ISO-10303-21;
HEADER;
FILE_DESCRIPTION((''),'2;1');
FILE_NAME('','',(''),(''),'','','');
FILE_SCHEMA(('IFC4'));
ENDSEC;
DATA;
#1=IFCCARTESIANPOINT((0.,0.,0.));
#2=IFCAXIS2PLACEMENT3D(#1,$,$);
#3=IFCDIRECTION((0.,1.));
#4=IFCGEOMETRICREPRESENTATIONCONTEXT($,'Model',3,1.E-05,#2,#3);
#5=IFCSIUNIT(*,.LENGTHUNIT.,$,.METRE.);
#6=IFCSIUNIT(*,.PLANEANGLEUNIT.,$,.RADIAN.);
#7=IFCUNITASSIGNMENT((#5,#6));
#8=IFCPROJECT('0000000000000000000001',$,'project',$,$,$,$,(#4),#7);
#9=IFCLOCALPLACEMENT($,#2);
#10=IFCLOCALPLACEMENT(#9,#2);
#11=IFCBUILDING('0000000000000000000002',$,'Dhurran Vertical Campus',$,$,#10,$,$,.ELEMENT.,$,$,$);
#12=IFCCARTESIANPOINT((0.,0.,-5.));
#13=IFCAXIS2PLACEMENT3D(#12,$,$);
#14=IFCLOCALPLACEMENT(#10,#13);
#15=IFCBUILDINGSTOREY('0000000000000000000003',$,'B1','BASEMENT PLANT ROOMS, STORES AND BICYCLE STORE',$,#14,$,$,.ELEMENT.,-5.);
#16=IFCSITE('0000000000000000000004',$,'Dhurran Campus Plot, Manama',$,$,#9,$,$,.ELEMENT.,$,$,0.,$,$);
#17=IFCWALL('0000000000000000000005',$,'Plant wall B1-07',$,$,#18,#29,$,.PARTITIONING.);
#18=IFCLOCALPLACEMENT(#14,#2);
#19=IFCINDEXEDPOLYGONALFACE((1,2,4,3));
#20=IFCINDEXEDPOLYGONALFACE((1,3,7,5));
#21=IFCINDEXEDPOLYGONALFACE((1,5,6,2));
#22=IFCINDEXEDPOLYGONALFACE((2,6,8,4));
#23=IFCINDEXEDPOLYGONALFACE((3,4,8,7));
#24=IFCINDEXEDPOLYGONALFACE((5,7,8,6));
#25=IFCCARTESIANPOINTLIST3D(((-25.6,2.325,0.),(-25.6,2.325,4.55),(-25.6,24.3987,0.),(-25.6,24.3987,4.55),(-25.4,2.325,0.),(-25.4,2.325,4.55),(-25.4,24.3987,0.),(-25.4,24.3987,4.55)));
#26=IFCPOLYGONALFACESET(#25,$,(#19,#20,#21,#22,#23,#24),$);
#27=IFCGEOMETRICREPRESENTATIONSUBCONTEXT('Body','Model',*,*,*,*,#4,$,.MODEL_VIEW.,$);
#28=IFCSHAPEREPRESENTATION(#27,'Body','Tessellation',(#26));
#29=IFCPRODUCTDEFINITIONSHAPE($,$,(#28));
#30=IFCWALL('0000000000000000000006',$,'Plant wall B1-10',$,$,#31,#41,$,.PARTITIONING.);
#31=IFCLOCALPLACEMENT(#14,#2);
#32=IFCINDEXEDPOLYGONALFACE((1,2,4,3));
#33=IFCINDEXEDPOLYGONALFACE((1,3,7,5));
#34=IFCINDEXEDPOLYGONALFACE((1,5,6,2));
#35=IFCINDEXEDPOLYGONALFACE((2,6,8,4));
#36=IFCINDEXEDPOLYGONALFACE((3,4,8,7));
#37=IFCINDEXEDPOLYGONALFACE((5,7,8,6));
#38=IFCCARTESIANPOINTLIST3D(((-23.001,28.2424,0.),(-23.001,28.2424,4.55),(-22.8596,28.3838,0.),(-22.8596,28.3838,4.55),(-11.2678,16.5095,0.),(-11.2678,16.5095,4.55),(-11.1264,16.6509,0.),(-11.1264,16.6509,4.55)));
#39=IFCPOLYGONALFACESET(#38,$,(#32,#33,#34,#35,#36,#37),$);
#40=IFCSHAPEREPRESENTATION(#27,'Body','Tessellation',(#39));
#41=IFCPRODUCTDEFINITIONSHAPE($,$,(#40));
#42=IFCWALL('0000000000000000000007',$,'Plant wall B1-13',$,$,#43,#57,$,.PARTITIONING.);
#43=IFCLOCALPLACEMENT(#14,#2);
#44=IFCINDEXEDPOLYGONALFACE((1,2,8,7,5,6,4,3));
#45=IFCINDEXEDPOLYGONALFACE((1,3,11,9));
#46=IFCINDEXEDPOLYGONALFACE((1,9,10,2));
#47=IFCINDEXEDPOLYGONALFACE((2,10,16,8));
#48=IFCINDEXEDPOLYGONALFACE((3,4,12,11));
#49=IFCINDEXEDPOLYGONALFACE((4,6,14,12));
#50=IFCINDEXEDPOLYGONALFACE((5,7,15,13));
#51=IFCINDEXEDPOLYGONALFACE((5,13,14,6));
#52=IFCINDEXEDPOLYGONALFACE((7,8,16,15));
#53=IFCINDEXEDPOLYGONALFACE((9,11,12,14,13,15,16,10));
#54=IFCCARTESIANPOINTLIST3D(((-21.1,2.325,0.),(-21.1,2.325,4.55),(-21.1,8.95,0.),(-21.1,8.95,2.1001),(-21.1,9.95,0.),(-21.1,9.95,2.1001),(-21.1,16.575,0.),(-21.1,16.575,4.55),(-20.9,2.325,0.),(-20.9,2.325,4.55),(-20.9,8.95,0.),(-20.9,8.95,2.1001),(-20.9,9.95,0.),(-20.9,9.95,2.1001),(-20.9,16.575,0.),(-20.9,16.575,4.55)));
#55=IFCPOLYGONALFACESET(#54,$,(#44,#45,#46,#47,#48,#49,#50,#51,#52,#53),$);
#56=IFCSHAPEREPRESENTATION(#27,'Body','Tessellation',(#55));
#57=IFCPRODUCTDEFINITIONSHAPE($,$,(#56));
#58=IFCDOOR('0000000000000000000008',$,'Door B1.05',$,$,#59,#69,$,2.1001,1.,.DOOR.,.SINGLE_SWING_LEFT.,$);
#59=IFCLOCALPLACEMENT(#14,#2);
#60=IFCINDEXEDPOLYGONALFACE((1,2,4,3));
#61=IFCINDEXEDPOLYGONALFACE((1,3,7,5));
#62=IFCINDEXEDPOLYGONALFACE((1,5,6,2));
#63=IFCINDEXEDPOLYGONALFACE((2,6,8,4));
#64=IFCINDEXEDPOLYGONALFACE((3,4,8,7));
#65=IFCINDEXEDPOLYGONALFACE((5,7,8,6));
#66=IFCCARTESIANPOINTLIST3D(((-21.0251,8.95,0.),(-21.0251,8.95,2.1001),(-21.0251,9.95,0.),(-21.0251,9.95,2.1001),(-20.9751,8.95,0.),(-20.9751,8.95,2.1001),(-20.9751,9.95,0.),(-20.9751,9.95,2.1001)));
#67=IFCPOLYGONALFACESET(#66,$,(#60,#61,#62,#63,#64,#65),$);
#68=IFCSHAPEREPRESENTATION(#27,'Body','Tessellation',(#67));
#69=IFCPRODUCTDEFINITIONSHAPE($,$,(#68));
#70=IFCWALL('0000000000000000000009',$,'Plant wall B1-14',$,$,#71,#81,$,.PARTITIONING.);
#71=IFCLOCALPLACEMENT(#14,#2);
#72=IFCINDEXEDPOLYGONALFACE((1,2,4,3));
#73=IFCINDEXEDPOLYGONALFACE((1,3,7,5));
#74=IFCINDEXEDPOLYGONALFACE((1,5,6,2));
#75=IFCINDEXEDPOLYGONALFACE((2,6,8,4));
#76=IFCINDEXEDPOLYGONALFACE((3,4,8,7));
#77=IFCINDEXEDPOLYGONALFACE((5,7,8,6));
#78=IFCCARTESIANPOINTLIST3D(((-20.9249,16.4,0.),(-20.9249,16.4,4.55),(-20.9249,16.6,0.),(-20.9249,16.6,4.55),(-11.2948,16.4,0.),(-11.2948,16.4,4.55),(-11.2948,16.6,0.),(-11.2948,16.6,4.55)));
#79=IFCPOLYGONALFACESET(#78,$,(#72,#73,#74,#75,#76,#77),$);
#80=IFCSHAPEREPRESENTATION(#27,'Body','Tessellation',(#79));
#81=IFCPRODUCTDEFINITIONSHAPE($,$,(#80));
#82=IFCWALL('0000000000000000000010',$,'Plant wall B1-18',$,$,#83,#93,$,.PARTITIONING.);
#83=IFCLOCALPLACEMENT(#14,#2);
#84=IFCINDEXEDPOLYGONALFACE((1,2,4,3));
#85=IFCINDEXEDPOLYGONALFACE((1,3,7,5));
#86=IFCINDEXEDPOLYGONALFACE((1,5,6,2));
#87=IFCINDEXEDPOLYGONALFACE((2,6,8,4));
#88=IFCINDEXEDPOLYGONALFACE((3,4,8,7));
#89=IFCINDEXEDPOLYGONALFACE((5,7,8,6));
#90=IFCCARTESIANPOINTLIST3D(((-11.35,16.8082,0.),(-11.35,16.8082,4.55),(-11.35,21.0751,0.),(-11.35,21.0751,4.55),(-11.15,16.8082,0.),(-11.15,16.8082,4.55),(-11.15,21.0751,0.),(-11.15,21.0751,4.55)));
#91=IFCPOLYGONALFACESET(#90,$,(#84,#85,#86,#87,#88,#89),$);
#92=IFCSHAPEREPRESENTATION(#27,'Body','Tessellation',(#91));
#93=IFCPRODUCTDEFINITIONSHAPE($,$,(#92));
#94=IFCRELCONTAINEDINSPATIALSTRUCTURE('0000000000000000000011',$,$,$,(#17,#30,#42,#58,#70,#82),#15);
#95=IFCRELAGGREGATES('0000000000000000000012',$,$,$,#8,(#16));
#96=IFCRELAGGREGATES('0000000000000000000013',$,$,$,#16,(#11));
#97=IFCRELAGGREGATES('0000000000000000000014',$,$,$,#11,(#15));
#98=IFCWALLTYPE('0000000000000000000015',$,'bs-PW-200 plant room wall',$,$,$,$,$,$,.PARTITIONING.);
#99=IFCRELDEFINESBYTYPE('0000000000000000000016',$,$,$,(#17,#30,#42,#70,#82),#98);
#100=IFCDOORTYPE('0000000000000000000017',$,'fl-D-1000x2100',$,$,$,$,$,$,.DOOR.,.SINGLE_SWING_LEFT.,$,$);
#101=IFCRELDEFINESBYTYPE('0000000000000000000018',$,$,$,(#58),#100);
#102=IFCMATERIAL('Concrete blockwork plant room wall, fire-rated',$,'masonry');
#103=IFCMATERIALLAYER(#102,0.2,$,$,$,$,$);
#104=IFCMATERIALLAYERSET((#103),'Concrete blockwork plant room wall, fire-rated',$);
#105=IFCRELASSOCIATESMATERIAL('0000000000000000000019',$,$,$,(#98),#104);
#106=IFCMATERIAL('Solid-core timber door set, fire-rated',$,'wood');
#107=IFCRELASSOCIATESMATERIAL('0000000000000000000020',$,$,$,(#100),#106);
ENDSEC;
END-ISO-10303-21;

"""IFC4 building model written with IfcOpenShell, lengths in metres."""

from ifc_helpers import new_model, si_unit, direction, frame, frame_2d, origin, place, context, subcontext, project, spatial, rectangle, extrude, material, layer, layer_set, type_object, element, fill, save


model = new_model("IFC4")

# Units and contexts
model_context = context("Model", 3, precision=1e-05, world=origin(), true_north=direction((0.0, 1.0)))
body_context = subcontext(model_context, "Body", "Model", "MODEL_VIEW")
ifc_project = project(units=[si_unit("LENGTHUNIT", "METRE"), si_unit("PLANEANGLEUNIT", "RADIAN")], contexts=[model_context])

# Site, building, storey
site_placement = place(None, origin())
site = spatial("IfcSite", under=ifc_project, at=site_placement, Name="Dhurran Campus Plot, Manama", CompositionType="ELEMENT", RefElevation=0.0)
building_placement = place(site_placement, origin())
building = spatial("IfcBuilding", under=site, at=building_placement, Name="Dhurran Vertical Campus", CompositionType="ELEMENT")
storey_placement = place(building_placement, frame((0.0, 0.0, -5.0)))
storey = spatial("IfcBuildingStorey", under=building, at=storey_placement, Name="B1", Description="BASEMENT PLANT ROOMS, STORES AND BICYCLE STORE", CompositionType="ELEMENT", Elevation=-5.0)

# Walls
ifc_material_1 = material(Name="Concrete blockwork plant room wall, fire-rated", Category="masonry")
ifc_layer = layer(ifc_material_1, 0.2)
ifc_layer_set = layer_set([ifc_layer], Name="Concrete blockwork plant room wall, fire-rated")
wall_type = type_object("IfcWallType", Name="bs-PW-200 plant room wall", PredefinedType="PARTITIONING", material=ifc_layer_set)
wall_1_placement = place(storey_placement, frame((-25.5, 24.3987, 0.0), z_axis=(0.0, 0.0, 1.0), x_axis=(0.0, -1.0, 0.0)))
element("IfcWall", 1, at=wall_1_placement, inside=storey, type_object=wall_type, Name="Plant wall B1-07", PredefinedType="PARTITIONING", context=body_context, shape_type="SweptSolid", body=[
    extrude(rectangle(XDim=22.0737, YDim=0.2, at=frame_2d((11.0369, 0.0))), origin(), (0.0, 0.0, 1.0), 4.55),
])
wall_2_placement = place(storey_placement, frame((-22.9302, 28.313, 0.0), z_axis=(0.0, 0.0, 1.0), x_axis=(0.707114, -0.707099, 0.0)))
element("IfcWall", 2, at=wall_2_placement, inside=storey, type_object=wall_type, Name="Plant wall B1-10", PredefinedType="PARTITIONING", context=body_context, shape_type="SweptSolid", body=[
    extrude(rectangle(XDim=16.593, YDim=0.2, at=frame_2d((8.2964, 0.0))), origin(), (0.0, 0.0, 1.0), 4.55),
])

# Wall, opening, door
wall_3_placement = place(storey_placement, frame((-21.0, 16.575, 0.0), z_axis=(0.0, 0.0, 1.0), x_axis=(0.0, -1.0, 0.0)))
wall_3 = element("IfcWall", 3, at=wall_3_placement, inside=storey, type_object=wall_type, Name="Plant wall B1-13", PredefinedType="PARTITIONING", context=body_context, shape_type="SweptSolid", body=[
    extrude(rectangle(XDim=14.25, YDim=0.2, at=frame_2d((7.125, 0.0))), origin(), (0.0, 0.0, 1.0), 4.55),
])
opening_placement = place(wall_3_placement, frame((6.625, 0.0, 0.0)))
opening = element("IfcOpeningElement", 4, at=opening_placement, cuts=wall_3, PredefinedType="OPENING", context=body_context, shape_type="SweptSolid", body=[
    extrude(rectangle(XDim=1.0, YDim=2.1001, at=frame_2d((0.5, 1.05))), frame((0.0, 0.1099, 0.0), z_axis=(0.0, -1.0, 0.0), x_axis=(1.0, 0.0, 0.0)), (0.0, 0.0, 1.0), 0.22),
])
ifc_material_2 = material(Name="Solid-core timber door set, fire-rated", Category="wood")
door_type = type_object("IfcDoorType", Name="fl-D-1000x2100", OperationType="SINGLE_SWING_LEFT", PredefinedType="DOOR", material=ifc_material_2)
door_placement = place(opening_placement, origin())
door = element("IfcDoor", 5, at=door_placement, inside=storey, type_object=door_type, Name="Door B1.05", OperationType="SINGLE_SWING_LEFT", OverallHeight=2.1001, OverallWidth=1.0, PredefinedType="DOOR", context=body_context, shape_type="SweptSolid", body=[
    extrude(rectangle(XDim=1.0, YDim=2.1001, at=frame_2d((0.5, 1.05))), frame((0.0, 0.0249, 0.0), z_axis=(0.0, -1.0, 0.0), x_axis=(1.0, 0.0, 0.0)), (0.0, 0.0, 1.0), 0.05),
])
fill(opening, door)

# Walls
wall_4_placement = place(storey_placement, frame((-11.2949, 16.5, 0.0), z_axis=(0.0, 0.0, 1.0), x_axis=(-1.0, 0.0, 0.0)))
element("IfcWall", 6, at=wall_4_placement, inside=storey, type_object=wall_type, Name="Plant wall B1-14", PredefinedType="PARTITIONING", context=body_context, shape_type="SweptSolid", body=[
    extrude(rectangle(XDim=9.6301, YDim=0.2, at=frame_2d((4.8149, 0.0))), origin(), (0.0, 0.0, 1.0), 4.55),
])
wall_5_placement = place(storey_placement, frame((-11.25, 21.075, 0.0), z_axis=(0.0, 0.0, 1.0), x_axis=(0.0, -1.0, 0.0)))
element("IfcWall", 7, at=wall_5_placement, inside=storey, type_object=wall_type, Name="Plant wall B1-18", PredefinedType="PARTITIONING", context=body_context, shape_type="SweptSolid", body=[
    extrude(rectangle(XDim=4.2668, YDim=0.2, at=frame_2d((2.1333, 0.0))), origin(), (0.0, 0.0, 1.0), 4.55),
])

save(model, "model.ifc")
